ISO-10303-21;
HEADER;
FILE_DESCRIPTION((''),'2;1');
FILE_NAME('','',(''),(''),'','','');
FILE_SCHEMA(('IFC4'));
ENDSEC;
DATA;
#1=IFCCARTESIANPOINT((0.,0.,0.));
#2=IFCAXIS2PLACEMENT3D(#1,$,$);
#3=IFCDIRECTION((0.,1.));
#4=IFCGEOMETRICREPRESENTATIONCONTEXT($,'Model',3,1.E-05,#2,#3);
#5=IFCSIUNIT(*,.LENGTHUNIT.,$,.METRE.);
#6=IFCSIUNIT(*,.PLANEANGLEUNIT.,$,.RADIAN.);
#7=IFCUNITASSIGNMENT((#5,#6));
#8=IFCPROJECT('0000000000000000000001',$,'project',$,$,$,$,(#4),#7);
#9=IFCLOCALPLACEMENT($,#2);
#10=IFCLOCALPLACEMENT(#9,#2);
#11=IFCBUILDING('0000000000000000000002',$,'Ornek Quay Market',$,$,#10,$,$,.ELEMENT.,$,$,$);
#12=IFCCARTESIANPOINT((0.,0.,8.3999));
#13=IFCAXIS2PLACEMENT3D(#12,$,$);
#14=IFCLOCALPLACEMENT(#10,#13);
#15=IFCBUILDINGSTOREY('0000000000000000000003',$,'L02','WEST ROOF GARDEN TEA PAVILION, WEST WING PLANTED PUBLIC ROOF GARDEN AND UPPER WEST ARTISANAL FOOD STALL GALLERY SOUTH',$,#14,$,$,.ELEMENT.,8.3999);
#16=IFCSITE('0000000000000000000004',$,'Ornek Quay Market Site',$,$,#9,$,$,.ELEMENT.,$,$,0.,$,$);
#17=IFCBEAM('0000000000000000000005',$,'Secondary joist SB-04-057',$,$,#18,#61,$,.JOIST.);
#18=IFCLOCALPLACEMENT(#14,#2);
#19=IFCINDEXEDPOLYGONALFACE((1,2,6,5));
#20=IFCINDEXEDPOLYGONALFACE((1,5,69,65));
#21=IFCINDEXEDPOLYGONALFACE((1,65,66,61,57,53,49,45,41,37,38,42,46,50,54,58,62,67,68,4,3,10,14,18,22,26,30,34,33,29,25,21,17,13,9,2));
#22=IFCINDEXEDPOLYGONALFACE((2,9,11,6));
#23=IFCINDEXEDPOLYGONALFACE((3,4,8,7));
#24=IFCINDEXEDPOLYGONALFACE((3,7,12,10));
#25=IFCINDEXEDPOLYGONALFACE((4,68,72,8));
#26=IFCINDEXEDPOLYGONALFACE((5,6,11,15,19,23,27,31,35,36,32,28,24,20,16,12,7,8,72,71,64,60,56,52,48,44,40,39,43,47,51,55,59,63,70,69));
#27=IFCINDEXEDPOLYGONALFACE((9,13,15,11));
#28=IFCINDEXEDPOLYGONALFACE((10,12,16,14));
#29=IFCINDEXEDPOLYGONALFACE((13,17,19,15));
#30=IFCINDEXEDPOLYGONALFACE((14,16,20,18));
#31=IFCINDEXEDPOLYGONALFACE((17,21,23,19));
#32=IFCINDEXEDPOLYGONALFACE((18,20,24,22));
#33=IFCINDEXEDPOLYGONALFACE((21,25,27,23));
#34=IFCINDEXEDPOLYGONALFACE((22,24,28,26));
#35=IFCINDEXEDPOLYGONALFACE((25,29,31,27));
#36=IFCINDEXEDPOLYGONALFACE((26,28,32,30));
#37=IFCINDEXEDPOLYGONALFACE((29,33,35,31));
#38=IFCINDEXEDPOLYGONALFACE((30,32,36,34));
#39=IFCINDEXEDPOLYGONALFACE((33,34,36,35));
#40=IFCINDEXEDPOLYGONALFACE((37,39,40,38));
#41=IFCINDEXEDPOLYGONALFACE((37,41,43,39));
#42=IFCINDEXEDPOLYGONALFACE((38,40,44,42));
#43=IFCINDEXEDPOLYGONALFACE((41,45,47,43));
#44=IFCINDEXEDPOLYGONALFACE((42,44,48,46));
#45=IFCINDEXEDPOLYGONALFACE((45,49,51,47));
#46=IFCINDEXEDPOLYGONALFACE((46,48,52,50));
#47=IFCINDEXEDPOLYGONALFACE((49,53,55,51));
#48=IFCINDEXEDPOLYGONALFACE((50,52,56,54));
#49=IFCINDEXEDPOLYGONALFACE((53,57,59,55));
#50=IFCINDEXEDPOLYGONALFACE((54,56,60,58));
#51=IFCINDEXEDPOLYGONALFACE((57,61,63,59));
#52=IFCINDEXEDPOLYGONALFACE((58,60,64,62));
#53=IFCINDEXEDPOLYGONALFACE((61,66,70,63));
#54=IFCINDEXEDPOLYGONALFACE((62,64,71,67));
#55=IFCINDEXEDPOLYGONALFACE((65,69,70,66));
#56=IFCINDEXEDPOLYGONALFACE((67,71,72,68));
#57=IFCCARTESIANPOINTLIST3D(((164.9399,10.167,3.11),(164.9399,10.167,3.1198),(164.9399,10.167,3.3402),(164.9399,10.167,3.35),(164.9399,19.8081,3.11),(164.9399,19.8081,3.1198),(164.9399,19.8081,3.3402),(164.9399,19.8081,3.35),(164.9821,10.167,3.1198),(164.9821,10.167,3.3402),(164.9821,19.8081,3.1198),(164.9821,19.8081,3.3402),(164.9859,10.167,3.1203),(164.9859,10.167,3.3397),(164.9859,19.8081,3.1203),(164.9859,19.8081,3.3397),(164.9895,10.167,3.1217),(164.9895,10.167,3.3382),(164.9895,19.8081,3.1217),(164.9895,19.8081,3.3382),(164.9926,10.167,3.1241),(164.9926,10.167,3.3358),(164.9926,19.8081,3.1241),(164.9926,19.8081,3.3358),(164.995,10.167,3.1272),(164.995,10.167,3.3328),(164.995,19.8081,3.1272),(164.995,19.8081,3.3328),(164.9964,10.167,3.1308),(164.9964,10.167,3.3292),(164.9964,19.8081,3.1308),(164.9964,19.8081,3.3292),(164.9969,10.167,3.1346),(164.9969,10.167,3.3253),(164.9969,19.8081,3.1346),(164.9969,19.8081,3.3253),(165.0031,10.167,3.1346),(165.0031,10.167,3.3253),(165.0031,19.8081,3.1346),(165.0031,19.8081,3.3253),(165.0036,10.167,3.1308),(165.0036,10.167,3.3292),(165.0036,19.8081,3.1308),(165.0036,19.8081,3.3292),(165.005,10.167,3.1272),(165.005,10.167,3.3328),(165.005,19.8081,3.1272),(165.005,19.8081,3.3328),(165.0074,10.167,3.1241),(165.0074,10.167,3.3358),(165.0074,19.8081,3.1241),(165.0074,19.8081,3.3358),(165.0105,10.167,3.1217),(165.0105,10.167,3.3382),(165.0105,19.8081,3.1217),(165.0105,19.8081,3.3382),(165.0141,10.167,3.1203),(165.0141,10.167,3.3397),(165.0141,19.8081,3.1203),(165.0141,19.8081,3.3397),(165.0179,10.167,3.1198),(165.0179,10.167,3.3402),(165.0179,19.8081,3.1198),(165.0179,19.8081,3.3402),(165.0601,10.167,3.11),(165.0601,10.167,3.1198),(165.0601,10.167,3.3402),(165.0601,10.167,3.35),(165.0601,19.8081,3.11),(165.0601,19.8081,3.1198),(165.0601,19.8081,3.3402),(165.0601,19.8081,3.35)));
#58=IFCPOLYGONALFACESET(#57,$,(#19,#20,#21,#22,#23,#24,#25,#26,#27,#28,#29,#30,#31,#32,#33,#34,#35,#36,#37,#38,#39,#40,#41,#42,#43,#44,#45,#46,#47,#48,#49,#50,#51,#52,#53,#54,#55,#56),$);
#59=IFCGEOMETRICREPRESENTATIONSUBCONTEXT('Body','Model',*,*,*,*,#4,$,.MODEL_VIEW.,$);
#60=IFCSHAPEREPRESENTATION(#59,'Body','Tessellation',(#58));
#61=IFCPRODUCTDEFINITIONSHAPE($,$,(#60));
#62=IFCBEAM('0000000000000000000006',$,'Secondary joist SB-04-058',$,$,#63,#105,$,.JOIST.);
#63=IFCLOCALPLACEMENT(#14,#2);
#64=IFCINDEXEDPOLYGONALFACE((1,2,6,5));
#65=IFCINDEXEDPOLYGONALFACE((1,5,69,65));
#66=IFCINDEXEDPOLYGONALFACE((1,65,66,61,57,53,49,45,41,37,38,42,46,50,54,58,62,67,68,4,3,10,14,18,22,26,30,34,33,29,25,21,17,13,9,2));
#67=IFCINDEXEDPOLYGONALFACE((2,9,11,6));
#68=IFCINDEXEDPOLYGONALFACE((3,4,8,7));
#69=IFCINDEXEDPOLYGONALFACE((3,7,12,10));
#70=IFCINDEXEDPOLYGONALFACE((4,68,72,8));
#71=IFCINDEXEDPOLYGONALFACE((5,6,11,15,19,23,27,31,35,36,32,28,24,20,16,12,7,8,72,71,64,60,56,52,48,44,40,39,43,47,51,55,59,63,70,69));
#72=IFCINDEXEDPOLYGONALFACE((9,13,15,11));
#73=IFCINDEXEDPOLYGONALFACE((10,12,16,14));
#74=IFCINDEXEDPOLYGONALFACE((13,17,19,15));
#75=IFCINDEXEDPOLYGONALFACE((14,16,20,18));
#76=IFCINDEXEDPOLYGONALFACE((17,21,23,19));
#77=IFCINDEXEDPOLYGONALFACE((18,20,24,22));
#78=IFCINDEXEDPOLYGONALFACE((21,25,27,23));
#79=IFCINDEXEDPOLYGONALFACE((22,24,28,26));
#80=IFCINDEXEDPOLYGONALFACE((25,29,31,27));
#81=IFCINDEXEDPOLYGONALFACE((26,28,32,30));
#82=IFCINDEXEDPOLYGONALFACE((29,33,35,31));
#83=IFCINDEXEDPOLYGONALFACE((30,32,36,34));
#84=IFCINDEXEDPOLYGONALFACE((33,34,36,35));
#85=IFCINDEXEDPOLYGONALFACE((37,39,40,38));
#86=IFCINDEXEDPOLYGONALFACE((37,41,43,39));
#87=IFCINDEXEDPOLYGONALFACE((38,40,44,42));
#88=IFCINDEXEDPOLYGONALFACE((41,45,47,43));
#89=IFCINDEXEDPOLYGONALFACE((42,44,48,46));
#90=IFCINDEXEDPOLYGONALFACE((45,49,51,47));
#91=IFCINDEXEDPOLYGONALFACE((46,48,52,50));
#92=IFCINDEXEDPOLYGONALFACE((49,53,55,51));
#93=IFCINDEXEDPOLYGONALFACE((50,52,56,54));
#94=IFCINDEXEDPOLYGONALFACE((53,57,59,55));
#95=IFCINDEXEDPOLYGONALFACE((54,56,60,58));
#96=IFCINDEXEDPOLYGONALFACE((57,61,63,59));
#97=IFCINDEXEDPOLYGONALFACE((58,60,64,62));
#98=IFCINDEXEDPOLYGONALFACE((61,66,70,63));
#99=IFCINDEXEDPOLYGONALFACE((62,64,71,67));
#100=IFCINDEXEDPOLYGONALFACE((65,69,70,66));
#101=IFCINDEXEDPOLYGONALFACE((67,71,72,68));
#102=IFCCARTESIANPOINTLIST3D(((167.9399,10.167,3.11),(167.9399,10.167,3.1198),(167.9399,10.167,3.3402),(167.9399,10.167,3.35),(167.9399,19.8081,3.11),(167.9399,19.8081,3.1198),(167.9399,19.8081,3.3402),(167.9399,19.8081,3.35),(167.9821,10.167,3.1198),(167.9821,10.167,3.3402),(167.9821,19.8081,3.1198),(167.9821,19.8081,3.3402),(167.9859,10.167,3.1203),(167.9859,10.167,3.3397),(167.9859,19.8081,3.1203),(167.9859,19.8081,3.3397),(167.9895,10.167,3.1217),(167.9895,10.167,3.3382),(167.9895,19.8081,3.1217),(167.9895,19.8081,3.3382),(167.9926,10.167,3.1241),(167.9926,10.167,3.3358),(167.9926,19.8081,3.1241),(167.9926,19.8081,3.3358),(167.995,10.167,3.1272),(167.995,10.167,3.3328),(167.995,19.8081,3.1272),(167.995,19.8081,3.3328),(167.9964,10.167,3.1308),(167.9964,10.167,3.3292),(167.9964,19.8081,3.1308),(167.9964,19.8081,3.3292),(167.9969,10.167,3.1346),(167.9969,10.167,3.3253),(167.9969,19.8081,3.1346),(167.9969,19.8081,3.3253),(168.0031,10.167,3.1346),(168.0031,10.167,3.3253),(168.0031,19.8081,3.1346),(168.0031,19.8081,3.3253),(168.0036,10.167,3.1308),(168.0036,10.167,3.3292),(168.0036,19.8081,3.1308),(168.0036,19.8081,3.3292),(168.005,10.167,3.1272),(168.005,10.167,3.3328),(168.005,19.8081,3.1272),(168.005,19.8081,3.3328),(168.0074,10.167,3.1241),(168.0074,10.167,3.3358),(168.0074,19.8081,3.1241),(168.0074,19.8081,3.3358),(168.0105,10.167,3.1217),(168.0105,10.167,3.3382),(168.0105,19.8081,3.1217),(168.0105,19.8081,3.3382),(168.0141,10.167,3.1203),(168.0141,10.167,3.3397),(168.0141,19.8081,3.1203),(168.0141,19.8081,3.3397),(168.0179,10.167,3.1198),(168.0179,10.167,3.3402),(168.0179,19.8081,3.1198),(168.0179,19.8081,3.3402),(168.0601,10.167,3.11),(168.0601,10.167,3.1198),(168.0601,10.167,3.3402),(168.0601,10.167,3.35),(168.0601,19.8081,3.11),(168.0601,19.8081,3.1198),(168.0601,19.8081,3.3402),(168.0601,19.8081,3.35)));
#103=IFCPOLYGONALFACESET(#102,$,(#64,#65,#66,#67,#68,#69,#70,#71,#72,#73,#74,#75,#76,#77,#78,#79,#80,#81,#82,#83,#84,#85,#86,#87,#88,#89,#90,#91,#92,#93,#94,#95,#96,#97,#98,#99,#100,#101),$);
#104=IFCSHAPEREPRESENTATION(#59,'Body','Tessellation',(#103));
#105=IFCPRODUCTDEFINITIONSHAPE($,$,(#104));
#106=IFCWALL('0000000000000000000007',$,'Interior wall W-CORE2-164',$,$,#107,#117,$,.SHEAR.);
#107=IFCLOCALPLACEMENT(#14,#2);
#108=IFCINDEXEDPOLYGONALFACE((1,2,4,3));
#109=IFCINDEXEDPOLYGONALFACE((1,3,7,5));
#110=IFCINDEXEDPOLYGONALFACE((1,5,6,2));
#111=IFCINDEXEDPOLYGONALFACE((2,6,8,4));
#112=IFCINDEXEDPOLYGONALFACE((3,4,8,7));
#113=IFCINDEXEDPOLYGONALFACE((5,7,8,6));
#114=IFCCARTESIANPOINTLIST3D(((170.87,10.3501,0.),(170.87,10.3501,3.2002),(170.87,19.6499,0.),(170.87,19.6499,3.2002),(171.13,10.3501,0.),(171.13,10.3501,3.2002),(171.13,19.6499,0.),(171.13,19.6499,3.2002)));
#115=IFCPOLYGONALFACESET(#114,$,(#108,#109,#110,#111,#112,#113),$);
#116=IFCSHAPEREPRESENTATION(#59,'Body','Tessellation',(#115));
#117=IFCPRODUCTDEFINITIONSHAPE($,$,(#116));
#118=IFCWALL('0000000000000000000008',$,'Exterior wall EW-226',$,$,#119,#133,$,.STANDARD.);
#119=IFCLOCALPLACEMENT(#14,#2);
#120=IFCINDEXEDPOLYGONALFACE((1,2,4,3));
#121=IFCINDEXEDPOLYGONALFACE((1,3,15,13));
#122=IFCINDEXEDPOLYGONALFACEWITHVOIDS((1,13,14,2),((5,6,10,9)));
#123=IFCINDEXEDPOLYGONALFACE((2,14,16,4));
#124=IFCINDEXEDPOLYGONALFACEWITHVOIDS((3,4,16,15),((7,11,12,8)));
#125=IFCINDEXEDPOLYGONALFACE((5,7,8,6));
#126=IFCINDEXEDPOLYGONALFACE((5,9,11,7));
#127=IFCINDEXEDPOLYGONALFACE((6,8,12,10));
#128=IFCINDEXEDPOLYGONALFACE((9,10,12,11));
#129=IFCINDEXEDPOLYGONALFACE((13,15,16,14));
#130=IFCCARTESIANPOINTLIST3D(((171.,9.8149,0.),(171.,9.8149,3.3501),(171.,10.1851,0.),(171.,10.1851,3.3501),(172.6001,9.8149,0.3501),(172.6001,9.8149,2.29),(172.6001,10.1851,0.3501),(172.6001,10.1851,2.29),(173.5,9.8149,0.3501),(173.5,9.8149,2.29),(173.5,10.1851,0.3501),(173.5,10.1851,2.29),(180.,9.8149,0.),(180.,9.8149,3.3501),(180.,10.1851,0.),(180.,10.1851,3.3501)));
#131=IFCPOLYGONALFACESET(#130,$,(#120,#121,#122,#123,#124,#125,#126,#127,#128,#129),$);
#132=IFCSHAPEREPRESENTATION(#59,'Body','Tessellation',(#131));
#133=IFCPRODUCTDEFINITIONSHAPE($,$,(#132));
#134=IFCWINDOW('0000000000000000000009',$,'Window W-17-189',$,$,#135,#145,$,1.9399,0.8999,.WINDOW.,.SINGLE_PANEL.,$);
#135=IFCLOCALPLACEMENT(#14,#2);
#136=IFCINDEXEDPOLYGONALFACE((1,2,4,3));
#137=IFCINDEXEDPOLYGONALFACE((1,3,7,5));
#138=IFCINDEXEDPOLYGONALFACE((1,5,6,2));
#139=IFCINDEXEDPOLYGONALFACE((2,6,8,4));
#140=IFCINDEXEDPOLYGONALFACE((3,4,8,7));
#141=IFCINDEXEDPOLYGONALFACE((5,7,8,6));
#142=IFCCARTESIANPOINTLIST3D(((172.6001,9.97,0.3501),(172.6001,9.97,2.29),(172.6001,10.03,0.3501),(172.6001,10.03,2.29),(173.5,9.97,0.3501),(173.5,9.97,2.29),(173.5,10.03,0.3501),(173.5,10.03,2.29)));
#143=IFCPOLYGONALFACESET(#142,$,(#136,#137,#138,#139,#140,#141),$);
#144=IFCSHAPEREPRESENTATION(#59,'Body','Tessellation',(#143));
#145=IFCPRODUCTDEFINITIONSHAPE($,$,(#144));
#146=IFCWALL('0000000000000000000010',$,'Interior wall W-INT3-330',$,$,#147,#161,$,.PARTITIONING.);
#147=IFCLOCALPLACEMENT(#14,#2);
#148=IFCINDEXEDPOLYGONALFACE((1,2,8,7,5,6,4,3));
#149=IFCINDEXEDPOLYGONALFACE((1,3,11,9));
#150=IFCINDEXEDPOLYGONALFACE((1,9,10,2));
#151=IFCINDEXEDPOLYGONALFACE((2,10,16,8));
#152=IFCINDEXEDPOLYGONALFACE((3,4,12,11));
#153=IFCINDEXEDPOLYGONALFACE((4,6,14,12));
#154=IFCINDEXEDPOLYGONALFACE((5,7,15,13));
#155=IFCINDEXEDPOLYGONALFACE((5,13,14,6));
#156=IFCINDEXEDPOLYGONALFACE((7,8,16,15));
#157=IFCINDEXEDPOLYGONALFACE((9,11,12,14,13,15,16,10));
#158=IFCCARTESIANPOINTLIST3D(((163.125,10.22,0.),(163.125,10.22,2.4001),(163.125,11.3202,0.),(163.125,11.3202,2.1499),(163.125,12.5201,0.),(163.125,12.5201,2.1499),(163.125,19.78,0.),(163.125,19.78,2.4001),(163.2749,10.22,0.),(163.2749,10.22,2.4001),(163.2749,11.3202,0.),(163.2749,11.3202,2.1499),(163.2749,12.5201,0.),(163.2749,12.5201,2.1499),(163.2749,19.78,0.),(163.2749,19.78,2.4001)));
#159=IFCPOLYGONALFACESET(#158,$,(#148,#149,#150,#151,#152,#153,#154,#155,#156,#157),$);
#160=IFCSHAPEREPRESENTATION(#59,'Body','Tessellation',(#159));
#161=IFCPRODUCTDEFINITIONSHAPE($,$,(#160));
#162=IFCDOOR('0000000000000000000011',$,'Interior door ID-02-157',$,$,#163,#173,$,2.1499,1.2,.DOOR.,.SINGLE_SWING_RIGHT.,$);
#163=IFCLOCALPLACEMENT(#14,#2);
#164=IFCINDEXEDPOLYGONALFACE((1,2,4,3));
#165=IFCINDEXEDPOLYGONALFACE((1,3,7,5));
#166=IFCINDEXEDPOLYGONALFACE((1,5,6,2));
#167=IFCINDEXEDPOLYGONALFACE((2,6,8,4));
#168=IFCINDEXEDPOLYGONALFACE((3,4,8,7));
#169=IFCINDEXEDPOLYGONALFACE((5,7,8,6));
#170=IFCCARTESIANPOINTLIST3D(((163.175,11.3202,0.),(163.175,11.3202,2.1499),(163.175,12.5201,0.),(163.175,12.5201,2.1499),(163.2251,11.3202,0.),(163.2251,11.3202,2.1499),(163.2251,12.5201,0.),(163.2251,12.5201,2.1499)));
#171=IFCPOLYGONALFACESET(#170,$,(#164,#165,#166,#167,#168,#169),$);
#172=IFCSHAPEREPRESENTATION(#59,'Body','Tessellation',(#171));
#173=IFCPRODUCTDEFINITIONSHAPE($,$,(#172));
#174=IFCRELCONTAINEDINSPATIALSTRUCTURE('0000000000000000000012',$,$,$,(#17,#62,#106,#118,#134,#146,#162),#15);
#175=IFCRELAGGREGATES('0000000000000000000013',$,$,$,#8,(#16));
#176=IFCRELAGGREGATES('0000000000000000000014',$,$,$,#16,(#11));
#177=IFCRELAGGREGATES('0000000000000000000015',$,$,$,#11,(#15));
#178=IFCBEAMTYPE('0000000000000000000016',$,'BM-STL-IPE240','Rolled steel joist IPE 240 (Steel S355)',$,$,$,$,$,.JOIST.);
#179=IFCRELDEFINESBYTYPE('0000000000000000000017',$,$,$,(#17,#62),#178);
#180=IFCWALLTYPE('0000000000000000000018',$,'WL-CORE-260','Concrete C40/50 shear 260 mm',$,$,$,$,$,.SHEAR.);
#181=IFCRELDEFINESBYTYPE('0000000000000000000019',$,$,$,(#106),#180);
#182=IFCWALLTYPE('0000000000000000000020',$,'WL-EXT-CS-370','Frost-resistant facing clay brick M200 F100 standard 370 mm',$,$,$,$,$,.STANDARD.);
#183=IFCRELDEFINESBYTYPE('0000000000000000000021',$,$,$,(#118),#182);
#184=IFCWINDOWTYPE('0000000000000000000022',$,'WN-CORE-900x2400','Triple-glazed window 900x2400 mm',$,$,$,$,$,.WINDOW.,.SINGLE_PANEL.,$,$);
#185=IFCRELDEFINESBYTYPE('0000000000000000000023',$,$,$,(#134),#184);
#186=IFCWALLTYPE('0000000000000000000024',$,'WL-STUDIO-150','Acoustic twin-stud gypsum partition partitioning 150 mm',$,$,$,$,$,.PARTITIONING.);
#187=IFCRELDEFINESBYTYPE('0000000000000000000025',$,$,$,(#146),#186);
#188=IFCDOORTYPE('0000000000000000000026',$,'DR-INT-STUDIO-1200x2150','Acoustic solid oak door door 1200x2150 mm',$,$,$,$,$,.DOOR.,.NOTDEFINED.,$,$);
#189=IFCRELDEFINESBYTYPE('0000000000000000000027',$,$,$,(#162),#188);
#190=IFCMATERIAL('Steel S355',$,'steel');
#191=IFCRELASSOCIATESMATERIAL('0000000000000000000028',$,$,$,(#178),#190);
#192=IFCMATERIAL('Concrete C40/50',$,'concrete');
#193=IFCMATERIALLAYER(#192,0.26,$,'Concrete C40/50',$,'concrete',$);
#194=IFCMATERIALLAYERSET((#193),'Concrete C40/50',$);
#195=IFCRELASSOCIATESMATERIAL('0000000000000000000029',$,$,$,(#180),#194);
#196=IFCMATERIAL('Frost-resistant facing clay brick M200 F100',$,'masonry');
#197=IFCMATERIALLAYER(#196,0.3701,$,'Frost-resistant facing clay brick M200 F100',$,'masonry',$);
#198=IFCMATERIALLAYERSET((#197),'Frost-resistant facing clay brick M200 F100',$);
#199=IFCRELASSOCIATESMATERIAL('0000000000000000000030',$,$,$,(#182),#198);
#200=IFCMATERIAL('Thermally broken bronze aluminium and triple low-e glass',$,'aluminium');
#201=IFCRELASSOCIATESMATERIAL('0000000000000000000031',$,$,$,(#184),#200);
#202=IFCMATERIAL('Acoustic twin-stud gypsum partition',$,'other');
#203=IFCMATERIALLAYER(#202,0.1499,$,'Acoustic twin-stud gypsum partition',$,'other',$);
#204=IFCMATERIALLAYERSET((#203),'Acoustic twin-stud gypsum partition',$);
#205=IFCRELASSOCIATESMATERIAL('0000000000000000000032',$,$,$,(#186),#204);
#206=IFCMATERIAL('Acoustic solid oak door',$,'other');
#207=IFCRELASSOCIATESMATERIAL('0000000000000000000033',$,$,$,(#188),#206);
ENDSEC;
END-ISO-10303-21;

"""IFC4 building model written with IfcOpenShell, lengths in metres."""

from ifc_helpers import new_model, si_unit, direction, frame, frame_2d, origin, origin_2d, place, context, subcontext, project, spatial, rectangle, i_section, extrude, material, layer, layer_set, material_profile, profile_set, type_object, element, fill, save


model = new_model("IFC4")

# Units and contexts
model_context = context("Model", 3, precision=1e-05, world=origin(), true_north=direction((0.0, 1.0)))
body_context = subcontext(model_context, "Body", "Model", "MODEL_VIEW")
ifc_project = project(units=[si_unit("LENGTHUNIT", "METRE"), si_unit("PLANEANGLEUNIT", "RADIAN")], contexts=[model_context])

# Site, building, storey
site_placement = place(None, origin())
site = spatial("IfcSite", under=ifc_project, at=site_placement, Name="Ornek Quay Market Site", CompositionType="ELEMENT", RefElevation=0.0)
building_placement = place(site_placement, origin())
building = spatial("IfcBuilding", under=site, at=building_placement, Name="Ornek Quay Market", CompositionType="ELEMENT")
storey_placement = place(building_placement, frame((0.0, 0.0, 8.3999)))
storey = spatial("IfcBuildingStorey", under=building, at=storey_placement, Name="L02", Description="WEST ROOF GARDEN TEA PAVILION, WEST WING PLANTED PUBLIC ROOF GARDEN AND UPPER WEST ARTISANAL FOOD STALL GALLERY SOUTH", CompositionType="ELEMENT", Elevation=8.3999)

# Shared definitions
ifc_material_1 = material(Name="Concrete C40/50", Category="concrete")

# Beams
ifc_material_2 = material(Name="Steel S355", Category="steel")
ifc_material_profile_1 = material_profile(ifc_material_2, i_section(OverallWidth=0.1201, OverallDepth=0.24, WebThickness=0.0061, FlangeThickness=0.0098, FilletRadius=0.0149, at=origin_2d()), Name="IPE 240", Category="steel")
ifc_profile_set_1 = profile_set([ifc_material_profile_1], Name="Steel S355")
beam_type_1 = type_object("IfcBeamType", Name="BM-STL-IPE240", Description="Rolled steel joist IPE 240 (Steel S355)", PredefinedType="JOIST", material=ifc_profile_set_1)
for number, where, z_axis, x_axis, name in (
    (1, (165.0, 10.167, 3.23), (0.0, 1.0, 0.0), (-1.0, 0.0, 0.0), "Secondary joist SB-04-057"),
    (2, (168.0, 10.167, 3.23), (0.0, 1.0, 0.0), (-1.0, 0.0, 0.0), "Secondary joist SB-04-058"),
):
    element("IfcBeam", number, at=place(storey_placement, frame(where, z_axis=z_axis, x_axis=x_axis)), inside=storey, type_object=beam_type_1, Name=name, PredefinedType="JOIST", context=body_context, shape_type="SweptSolid", body=[
        extrude(i_section(OverallWidth=0.1201, OverallDepth=0.24, WebThickness=0.0061, FlangeThickness=0.0098, FilletRadius=0.0149, at=origin_2d()), origin(), (0.0, 0.0, 1.0), 9.6411),
    ])

# Wall
ifc_layer_1 = layer(ifc_material_1, 0.26, Name="Concrete C40/50", Category="concrete")
ifc_layer_set_1 = layer_set([ifc_layer_1], Name="Concrete C40/50")
wall_type_1 = type_object("IfcWallType", Name="WL-CORE-260", Description="Concrete C40/50 shear 260 mm", PredefinedType="SHEAR", material=ifc_layer_set_1)
wall_1_placement = place(storey_placement, frame((171.0, 10.3501, 0.0), z_axis=(0.0, 0.0, 1.0), x_axis=(0.0, 1.0, 0.0)))
element("IfcWall", 3, at=wall_1_placement, inside=storey, type_object=wall_type_1, Name="Interior wall W-CORE2-164", PredefinedType="SHEAR", context=body_context, shape_type="SweptSolid", body=[
    extrude(rectangle(XDim=9.2998, YDim=0.26, at=frame_2d((4.6499, 0.0))), origin(), (0.0, 0.0, 1.0), 3.2002),
])

# Wall, opening, window
ifc_material_3 = material(Name="Frost-resistant facing clay brick M200 F100", Category="masonry")
ifc_layer_2 = layer(ifc_material_3, 0.3701, Name="Frost-resistant facing clay brick M200 F100", Category="masonry")
ifc_layer_set_2 = layer_set([ifc_layer_2], Name="Frost-resistant facing clay brick M200 F100")
wall_type_2 = type_object("IfcWallType", Name="WL-EXT-CS-370", Description="Frost-resistant facing clay brick M200 F100 standard 370 mm", PredefinedType="STANDARD", material=ifc_layer_set_2)
wall_2_placement = place(storey_placement, frame((171.0, 10.0, 0.0), z_axis=(0.0, 0.0, 1.0), x_axis=(1.0, 0.0, 0.0)))
wall_2 = element("IfcWall", 4, at=wall_2_placement, inside=storey, type_object=wall_type_2, Name="Exterior wall EW-226", PredefinedType="STANDARD", context=body_context, shape_type="SweptSolid", body=[
    extrude(rectangle(XDim=9.0, YDim=0.3701, at=frame_2d((4.5, 0.0))), origin(), (0.0, 0.0, 1.0), 3.3501),
])
opening_1_placement = place(wall_2_placement, frame((1.6001, 0.0, 0.3501)))
opening_1 = element("IfcOpeningElement", 5, at=opening_1_placement, cuts=wall_2, PredefinedType="OPENING", context=body_context, shape_type="SweptSolid", body=[
    extrude(rectangle(XDim=0.8999, YDim=1.9399, at=frame_2d((0.45, 0.97))), frame((0.0, 0.1951, 0.0), z_axis=(0.0, -1.0, 0.0), x_axis=(1.0, 0.0, 0.0)), (0.0, 0.0, 1.0), 0.3901),
])
ifc_material_4 = material(Name="Thermally broken bronze aluminium and triple low-e glass", Category="aluminium")
window_type_1 = type_object("IfcWindowType", Name="WN-CORE-900x2400", Description="Triple-glazed window 900x2400 mm", PartitioningType="SINGLE_PANEL", PredefinedType="WINDOW", material=ifc_material_4)
window_1_placement = place(opening_1_placement, origin())
window_1 = element("IfcWindow", 6, at=window_1_placement, inside=storey, type_object=window_type_1, Name="Window W-17-189", OverallHeight=1.9399, OverallWidth=0.8999, PartitioningType="SINGLE_PANEL", PredefinedType="WINDOW", context=body_context, shape_type="SweptSolid", body=[
    extrude(rectangle(XDim=0.8999, YDim=1.9399, at=frame_2d((0.45, 0.97))), frame((0.0, 0.03, 0.0), z_axis=(0.0, -1.0, 0.0), x_axis=(1.0, 0.0, 0.0)), (0.0, 0.0, 1.0), 0.0601),
])
fill(opening_1, window_1)

# Wall, opening, door
ifc_material_5 = material(Name="Acoustic twin-stud gypsum partition", Category="other")
ifc_layer_3 = layer(ifc_material_5, 0.1499, Name="Acoustic twin-stud gypsum partition", Category="other")
ifc_layer_set_3 = layer_set([ifc_layer_3], Name="Acoustic twin-stud gypsum partition")
wall_type_3 = type_object("IfcWallType", Name="WL-STUDIO-150", Description="Acoustic twin-stud gypsum partition partitioning 150 mm", PredefinedType="PARTITIONING", material=ifc_layer_set_3)
wall_3_placement = place(storey_placement, frame((163.2, 10.22, 0.0), z_axis=(0.0, 0.0, 1.0), x_axis=(0.0, 1.0, 0.0)))
wall_3 = element("IfcWall", 7, at=wall_3_placement, inside=storey, type_object=wall_type_3, Name="Interior wall W-INT3-330", PredefinedType="PARTITIONING", context=body_context, shape_type="SweptSolid", body=[
    extrude(rectangle(XDim=9.5601, YDim=0.1499, at=frame_2d((4.78, 0.0))), origin(), (0.0, 0.0, 1.0), 2.4001),
])
opening_2_placement = place(wall_3_placement, frame((1.1001, 0.0, 0.0)))
opening_2 = element("IfcOpeningElement", 8, at=opening_2_placement, cuts=wall_3, PredefinedType="OPENING", context=body_context, shape_type="SweptSolid", body=[
    extrude(rectangle(XDim=1.2, YDim=2.1499, at=frame_2d((0.6001, 1.075))), frame((0.0, 0.085, 0.0), z_axis=(0.0, -1.0, 0.0), x_axis=(1.0, 0.0, 0.0)), (0.0, 0.0, 1.0), 0.1699),
])
ifc_material_6 = material(Name="Acoustic solid oak door", Category="other")
door_type = type_object("IfcDoorType", Name="DR-INT-STUDIO-1200x2150", Description="Acoustic solid oak door door 1200x2150 mm", OperationType="NOTDEFINED", PredefinedType="DOOR", material=ifc_material_6)
door_1_placement = place(opening_2_placement, origin())
door_1 = element("IfcDoor", 9, at=door_1_placement, inside=storey, type_object=door_type, Name="Interior door ID-02-157", OperationType="SINGLE_SWING_RIGHT", OverallHeight=2.1499, OverallWidth=1.2, PredefinedType="DOOR", context=body_context, shape_type="SweptSolid", body=[
    extrude(rectangle(XDim=1.2, YDim=2.1499, at=frame_2d((0.6001, 1.075))), frame((0.0, 0.0249, 0.0), z_axis=(0.0, -1.0, 0.0), x_axis=(1.0, 0.0, 0.0)), (0.0, 0.0, 1.0), 0.05),
])
fill(opening_2, door_1)

save(model, "model.ifc")
